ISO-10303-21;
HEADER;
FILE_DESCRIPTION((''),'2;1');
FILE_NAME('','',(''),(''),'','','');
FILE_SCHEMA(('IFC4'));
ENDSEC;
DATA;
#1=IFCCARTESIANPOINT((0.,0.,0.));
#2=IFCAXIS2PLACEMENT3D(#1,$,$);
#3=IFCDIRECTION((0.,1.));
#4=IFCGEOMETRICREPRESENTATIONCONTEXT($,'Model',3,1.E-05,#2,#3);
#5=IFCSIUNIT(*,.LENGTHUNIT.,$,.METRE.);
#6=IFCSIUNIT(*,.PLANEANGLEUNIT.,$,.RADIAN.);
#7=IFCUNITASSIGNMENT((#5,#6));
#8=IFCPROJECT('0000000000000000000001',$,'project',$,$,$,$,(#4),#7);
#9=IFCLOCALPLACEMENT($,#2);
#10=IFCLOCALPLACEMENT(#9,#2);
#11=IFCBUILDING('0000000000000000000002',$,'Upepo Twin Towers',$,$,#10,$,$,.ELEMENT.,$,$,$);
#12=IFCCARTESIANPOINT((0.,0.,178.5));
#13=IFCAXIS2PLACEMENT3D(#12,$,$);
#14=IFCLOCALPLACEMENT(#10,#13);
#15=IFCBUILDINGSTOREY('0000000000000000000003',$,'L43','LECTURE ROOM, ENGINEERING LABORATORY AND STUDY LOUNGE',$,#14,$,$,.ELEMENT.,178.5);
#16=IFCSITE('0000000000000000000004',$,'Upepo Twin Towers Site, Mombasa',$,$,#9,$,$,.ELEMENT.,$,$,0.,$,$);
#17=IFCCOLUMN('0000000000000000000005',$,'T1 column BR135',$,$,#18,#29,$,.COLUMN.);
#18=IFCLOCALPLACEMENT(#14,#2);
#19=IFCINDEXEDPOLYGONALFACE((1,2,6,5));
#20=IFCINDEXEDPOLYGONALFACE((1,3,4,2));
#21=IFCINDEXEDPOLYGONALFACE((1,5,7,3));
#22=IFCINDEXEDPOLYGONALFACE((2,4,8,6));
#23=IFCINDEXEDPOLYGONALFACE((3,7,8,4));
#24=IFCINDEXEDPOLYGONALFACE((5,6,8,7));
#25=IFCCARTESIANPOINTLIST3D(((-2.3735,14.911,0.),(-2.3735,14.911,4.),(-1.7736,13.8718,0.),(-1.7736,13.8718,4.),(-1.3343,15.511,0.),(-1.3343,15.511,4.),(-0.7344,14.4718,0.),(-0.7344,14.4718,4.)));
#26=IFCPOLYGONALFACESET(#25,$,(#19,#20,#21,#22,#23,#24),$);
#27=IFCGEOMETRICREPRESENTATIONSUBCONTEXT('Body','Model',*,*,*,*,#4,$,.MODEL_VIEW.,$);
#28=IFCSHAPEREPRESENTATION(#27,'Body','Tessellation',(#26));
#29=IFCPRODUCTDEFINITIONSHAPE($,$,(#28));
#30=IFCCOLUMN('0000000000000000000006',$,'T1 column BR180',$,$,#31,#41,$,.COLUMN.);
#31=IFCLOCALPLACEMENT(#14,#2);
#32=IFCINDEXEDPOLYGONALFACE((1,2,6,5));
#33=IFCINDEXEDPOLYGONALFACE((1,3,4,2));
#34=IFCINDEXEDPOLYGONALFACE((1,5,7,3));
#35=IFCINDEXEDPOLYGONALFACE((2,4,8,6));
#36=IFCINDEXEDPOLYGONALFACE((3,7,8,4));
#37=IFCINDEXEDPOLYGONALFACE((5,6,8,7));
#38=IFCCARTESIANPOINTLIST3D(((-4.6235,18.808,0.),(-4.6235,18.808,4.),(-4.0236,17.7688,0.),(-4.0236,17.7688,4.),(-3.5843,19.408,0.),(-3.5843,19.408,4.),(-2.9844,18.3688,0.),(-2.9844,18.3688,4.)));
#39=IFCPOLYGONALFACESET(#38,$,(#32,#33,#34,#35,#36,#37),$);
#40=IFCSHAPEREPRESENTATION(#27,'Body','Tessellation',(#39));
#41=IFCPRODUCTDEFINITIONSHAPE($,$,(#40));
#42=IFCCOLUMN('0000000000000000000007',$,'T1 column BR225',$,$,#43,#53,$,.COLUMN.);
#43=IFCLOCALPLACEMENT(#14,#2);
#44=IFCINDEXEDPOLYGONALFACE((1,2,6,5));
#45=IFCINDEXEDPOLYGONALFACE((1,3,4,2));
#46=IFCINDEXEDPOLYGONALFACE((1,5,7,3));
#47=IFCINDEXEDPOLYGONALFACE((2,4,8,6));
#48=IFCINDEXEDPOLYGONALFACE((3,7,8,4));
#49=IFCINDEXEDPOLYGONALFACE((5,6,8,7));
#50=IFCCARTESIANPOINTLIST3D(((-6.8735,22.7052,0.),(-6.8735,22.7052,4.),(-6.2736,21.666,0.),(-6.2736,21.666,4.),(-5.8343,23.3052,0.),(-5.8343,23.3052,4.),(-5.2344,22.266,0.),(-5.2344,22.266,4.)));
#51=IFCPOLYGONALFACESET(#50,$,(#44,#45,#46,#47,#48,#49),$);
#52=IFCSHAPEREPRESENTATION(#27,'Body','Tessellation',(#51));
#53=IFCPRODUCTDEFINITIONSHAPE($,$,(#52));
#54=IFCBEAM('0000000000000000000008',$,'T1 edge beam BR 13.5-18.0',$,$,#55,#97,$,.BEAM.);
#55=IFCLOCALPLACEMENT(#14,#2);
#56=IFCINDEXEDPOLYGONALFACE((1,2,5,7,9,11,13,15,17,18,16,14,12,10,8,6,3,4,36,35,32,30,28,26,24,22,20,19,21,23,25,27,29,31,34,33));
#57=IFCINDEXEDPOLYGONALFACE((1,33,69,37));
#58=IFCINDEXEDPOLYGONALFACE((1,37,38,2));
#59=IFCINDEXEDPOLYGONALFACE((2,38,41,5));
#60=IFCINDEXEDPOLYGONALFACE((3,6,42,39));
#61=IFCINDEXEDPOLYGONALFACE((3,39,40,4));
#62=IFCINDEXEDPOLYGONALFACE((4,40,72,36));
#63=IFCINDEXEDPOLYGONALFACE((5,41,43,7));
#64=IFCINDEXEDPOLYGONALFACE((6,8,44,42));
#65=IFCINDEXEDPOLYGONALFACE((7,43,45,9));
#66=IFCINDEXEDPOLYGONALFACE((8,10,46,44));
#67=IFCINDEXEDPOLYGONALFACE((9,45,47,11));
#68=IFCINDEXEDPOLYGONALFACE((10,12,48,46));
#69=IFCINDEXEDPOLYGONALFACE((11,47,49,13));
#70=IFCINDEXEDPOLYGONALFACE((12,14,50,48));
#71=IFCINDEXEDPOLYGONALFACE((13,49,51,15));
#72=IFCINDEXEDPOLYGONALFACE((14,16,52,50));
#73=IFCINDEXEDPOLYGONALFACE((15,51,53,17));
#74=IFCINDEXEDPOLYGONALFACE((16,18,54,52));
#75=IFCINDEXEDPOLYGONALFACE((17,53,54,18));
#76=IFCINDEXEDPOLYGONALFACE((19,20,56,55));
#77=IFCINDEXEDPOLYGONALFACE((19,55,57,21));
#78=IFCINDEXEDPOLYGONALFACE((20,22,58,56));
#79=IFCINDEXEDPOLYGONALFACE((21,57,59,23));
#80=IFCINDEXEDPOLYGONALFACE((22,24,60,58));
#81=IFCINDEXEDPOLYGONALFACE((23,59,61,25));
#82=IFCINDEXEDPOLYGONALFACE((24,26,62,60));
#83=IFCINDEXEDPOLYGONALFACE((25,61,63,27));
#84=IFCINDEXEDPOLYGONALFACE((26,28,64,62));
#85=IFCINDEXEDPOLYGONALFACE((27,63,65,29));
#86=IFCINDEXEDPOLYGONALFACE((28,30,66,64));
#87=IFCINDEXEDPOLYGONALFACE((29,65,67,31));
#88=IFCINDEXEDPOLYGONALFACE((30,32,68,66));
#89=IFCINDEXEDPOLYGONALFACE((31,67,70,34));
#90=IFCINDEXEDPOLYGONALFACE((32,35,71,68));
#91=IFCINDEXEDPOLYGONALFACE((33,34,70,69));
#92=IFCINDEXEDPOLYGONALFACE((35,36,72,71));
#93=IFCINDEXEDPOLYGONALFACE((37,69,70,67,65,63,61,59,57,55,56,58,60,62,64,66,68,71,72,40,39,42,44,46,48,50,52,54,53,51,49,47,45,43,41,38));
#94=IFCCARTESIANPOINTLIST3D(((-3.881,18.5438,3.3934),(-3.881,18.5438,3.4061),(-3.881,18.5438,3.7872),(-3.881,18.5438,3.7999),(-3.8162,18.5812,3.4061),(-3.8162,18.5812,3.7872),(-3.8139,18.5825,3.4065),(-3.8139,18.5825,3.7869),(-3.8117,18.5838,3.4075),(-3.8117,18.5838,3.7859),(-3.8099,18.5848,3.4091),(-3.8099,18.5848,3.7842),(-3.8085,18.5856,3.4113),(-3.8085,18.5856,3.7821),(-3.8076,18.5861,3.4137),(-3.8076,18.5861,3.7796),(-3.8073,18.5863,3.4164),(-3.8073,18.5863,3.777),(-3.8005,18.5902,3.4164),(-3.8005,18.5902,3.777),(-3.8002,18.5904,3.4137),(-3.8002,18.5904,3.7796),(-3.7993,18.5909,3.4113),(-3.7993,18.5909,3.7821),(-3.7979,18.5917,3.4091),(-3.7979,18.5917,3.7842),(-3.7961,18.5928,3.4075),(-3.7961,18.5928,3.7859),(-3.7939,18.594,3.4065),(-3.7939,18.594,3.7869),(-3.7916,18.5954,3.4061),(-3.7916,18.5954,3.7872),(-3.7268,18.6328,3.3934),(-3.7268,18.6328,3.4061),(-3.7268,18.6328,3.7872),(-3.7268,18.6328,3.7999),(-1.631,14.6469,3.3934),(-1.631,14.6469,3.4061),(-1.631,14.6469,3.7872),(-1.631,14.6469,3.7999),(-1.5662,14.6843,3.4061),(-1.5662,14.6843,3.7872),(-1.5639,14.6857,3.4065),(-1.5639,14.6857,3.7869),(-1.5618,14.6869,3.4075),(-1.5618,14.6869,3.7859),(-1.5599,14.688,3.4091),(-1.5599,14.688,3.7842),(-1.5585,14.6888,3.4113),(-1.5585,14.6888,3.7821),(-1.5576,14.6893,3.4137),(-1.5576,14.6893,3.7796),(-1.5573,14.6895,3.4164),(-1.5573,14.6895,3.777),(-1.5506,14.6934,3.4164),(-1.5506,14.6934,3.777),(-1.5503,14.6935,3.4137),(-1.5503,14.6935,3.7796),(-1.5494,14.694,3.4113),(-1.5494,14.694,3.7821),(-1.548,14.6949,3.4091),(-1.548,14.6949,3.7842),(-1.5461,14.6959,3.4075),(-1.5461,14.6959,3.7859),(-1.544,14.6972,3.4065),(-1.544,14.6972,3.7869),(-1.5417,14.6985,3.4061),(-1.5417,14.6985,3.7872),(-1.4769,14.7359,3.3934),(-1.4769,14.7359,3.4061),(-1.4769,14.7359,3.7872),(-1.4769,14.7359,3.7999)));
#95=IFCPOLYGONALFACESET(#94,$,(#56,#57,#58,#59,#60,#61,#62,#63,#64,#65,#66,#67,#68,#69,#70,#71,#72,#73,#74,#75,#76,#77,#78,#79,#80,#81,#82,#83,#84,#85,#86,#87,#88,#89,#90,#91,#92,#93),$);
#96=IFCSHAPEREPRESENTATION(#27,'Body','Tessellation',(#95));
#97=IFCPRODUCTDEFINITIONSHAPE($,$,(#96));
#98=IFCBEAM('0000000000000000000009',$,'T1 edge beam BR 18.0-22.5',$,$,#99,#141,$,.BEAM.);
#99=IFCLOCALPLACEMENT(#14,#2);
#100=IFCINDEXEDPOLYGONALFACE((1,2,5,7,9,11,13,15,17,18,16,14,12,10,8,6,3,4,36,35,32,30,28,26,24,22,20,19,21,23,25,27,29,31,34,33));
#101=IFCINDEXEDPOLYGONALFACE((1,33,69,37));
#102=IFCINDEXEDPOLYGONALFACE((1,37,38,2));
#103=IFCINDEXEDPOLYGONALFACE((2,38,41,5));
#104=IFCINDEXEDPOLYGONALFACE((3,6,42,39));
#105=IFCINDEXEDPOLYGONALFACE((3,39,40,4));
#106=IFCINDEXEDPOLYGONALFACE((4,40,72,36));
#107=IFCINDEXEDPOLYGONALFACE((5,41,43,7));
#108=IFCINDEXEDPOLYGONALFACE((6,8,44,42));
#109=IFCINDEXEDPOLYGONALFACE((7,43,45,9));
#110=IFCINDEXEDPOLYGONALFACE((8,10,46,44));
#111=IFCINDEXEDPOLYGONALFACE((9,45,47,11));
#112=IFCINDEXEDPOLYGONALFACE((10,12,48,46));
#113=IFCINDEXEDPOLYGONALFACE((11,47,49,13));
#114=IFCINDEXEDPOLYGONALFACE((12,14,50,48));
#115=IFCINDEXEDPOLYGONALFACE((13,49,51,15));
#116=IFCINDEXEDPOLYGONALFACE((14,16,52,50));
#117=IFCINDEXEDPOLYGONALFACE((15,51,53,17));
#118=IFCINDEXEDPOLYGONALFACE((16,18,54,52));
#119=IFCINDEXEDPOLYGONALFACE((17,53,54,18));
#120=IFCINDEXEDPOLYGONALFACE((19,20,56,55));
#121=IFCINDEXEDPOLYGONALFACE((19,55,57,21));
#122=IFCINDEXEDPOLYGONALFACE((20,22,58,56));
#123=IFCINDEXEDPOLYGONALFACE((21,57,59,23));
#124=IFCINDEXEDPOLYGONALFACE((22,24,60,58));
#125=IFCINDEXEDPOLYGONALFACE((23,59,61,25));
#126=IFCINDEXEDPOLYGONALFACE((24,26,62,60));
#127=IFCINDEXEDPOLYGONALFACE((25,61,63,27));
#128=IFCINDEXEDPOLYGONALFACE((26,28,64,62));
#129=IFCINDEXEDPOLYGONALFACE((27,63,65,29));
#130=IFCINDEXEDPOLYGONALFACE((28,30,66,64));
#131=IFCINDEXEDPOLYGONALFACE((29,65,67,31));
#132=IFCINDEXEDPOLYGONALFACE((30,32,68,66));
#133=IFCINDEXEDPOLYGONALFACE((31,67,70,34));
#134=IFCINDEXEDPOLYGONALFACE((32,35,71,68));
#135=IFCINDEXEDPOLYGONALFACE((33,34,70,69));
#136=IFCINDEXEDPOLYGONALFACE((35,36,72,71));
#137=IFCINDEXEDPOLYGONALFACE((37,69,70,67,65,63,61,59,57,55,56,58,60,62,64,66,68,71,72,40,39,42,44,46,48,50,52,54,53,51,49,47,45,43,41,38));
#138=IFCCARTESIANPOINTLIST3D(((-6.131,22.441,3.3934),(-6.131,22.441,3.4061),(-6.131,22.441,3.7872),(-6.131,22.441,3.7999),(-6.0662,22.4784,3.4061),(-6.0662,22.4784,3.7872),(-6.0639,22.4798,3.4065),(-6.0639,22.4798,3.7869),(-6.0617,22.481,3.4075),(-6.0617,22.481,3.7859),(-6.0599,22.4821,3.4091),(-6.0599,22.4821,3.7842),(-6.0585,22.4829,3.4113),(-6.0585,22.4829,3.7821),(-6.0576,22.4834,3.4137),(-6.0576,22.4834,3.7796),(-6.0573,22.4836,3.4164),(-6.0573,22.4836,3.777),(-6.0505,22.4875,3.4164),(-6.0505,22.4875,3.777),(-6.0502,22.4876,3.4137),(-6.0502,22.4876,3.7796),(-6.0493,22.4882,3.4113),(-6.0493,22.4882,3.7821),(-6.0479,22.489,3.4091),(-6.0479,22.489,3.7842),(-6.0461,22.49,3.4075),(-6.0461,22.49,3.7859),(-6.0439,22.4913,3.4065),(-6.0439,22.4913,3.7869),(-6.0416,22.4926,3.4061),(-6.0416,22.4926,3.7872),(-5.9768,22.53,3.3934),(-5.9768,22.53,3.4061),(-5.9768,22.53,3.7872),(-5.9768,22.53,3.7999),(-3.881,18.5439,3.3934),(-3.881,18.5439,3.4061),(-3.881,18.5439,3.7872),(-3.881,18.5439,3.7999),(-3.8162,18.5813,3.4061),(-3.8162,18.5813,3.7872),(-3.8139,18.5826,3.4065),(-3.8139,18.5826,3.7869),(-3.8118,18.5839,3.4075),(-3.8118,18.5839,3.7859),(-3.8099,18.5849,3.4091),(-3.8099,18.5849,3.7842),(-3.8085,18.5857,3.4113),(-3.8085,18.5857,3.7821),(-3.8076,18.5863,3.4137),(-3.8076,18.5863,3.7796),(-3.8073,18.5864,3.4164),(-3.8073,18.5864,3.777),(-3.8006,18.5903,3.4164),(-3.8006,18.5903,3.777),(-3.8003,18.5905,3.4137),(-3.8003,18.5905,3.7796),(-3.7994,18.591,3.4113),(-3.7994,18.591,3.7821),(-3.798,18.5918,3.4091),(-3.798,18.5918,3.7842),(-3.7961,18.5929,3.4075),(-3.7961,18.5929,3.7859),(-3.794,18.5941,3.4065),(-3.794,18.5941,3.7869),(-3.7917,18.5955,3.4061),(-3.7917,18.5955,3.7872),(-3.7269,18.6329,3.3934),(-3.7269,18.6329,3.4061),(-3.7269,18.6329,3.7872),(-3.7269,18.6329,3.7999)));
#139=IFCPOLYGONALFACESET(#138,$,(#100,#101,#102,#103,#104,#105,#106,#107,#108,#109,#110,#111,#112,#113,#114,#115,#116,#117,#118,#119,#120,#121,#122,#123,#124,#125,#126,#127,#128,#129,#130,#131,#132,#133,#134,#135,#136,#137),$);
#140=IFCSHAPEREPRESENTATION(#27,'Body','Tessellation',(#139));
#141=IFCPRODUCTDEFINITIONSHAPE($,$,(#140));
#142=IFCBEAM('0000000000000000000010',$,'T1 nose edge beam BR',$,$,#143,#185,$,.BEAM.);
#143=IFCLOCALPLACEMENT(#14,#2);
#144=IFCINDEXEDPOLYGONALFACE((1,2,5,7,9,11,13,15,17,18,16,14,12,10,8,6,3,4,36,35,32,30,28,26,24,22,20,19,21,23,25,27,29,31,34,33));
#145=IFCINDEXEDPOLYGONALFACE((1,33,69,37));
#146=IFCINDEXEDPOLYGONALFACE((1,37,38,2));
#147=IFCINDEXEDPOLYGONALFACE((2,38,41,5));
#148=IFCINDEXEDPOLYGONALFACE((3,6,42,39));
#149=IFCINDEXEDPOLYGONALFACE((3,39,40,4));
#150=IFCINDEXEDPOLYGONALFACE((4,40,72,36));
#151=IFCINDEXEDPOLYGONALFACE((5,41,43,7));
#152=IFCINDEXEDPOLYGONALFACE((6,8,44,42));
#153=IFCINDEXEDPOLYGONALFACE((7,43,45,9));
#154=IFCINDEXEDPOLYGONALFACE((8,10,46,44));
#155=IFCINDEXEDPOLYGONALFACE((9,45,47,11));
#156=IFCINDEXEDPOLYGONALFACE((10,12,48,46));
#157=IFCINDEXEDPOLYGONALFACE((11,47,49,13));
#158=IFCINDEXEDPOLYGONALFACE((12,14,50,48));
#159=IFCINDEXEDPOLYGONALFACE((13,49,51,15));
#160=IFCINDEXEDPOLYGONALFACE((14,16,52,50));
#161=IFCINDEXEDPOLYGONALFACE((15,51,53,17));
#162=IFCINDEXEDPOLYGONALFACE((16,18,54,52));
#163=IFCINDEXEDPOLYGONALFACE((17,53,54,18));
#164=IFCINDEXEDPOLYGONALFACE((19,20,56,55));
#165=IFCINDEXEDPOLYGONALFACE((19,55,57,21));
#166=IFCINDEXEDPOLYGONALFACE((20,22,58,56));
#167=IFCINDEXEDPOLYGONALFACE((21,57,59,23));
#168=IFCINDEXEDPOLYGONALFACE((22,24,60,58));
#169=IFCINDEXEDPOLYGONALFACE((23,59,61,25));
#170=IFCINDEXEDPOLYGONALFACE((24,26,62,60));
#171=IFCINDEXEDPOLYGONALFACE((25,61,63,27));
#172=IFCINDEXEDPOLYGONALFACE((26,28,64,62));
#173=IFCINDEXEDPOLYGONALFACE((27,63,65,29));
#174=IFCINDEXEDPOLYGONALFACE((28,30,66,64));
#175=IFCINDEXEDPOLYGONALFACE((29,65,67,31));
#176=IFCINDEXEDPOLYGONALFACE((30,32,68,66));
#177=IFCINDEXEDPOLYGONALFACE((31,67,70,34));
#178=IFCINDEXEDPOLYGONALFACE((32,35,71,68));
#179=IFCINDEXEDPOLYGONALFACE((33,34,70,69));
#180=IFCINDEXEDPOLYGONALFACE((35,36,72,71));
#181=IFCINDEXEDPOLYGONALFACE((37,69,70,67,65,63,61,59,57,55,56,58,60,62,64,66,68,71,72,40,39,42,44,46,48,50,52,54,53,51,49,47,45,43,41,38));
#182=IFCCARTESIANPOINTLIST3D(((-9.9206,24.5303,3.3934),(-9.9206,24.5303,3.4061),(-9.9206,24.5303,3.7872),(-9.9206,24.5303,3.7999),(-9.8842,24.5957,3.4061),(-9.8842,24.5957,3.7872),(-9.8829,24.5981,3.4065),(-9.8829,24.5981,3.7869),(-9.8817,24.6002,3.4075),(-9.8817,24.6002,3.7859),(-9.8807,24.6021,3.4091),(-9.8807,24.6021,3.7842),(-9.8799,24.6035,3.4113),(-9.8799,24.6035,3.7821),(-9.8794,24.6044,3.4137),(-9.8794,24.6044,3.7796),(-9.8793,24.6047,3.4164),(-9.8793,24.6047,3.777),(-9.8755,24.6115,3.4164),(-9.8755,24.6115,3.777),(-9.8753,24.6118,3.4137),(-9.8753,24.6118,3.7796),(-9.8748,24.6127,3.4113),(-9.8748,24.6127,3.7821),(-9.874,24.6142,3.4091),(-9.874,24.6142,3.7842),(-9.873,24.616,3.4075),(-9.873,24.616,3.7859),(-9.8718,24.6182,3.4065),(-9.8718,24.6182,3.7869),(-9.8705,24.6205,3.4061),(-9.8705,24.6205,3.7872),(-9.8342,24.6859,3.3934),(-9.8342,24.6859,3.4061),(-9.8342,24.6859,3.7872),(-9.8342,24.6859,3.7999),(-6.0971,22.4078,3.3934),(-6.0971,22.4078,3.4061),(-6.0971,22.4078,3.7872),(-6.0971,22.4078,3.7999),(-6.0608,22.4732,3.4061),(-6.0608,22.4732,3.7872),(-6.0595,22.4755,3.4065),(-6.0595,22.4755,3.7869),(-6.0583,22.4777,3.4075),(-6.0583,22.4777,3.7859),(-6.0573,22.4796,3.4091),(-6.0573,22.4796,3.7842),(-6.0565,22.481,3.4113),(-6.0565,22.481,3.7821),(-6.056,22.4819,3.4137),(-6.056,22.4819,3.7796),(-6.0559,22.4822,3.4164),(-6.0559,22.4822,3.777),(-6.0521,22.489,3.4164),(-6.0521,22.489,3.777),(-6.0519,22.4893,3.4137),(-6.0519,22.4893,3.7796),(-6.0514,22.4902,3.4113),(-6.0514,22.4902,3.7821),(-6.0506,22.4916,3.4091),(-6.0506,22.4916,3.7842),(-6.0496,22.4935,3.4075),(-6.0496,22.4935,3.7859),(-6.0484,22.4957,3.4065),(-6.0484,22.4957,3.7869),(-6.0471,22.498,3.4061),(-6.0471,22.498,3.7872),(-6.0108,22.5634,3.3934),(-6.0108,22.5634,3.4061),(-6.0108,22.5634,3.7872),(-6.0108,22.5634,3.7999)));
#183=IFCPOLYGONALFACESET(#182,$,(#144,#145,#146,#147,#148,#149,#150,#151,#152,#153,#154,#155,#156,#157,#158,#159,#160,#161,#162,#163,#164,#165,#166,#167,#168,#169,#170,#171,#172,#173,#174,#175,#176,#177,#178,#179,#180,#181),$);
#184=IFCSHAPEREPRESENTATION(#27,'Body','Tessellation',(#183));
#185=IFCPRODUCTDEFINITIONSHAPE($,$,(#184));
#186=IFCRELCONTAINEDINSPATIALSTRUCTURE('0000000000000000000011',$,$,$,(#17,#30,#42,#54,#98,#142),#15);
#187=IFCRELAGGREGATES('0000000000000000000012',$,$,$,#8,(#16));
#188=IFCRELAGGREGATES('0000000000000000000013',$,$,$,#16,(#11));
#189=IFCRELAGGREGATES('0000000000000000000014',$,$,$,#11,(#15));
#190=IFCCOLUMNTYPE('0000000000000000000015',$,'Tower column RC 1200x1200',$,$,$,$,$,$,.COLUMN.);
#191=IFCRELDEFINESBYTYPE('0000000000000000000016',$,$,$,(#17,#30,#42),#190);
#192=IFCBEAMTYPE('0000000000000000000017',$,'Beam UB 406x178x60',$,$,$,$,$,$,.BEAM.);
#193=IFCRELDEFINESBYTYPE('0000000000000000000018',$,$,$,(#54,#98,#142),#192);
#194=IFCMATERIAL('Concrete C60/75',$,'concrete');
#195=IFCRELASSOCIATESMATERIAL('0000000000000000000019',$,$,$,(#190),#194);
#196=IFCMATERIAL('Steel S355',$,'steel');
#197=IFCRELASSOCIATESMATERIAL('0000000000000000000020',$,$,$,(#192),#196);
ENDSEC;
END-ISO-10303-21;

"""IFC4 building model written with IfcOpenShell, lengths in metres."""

from ifc_helpers import new_model, si_unit, direction, frame, origin, origin_2d, place, context, subcontext, project, spatial, rectangle, i_section, extrude, material, material_profile, profile_set, type_object, element, save


model = new_model("IFC4")

# Units and contexts
model_context = context("Model", 3, precision=1e-05, world=origin(), true_north=direction((0.0, 1.0)))
body_context = subcontext(model_context, "Body", "Model", "MODEL_VIEW")
ifc_project = project(units=[si_unit("LENGTHUNIT", "METRE"), si_unit("PLANEANGLEUNIT", "RADIAN")], contexts=[model_context])

# Site, building, storey
site_placement = place(None, origin())
site = spatial("IfcSite", under=ifc_project, at=site_placement, Name="Upepo Twin Towers Site, Mombasa", CompositionType="ELEMENT", RefElevation=0.0)
building_placement = place(site_placement, origin())
building = spatial("IfcBuilding", under=site, at=building_placement, Name="Upepo Twin Towers", CompositionType="ELEMENT")
storey_placement = place(building_placement, frame((0.0, 0.0, 178.5)))
storey = spatial("IfcBuildingStorey", under=building, at=storey_placement, Name="L43", Description="LECTURE ROOM, ENGINEERING LABORATORY AND STUDY LOUNGE", CompositionType="ELEMENT", Elevation=178.5)

# Columns
ifc_material_1 = material(Name="Concrete C60/75", Category="concrete")
ifc_material_profile_1 = material_profile(ifc_material_1, rectangle(XDim=1.2, YDim=1.2, at=origin_2d()), Name="RC 1200x1200")
ifc_profile_set_1 = profile_set([ifc_material_profile_1], Name="Concrete C60/75")
column_type = type_object("IfcColumnType", Name="Tower column RC 1200x1200", PredefinedType="COLUMN", material=ifc_profile_set_1)
for number, where, z_axis, x_axis, name in (
    (1, (-1.554, 14.6914, 0.0), (0.0, 0.0, 1.0), (0.866025, 0.5, 0.0), "T1 column BR135"),
    (2, (-3.804, 18.5884, 0.0), (0.0, 0.0, 1.0), (0.866025, 0.5, 0.0), "T1 column BR180"),
    (3, (-6.054, 22.4856, 0.0), (0.0, 0.0, 1.0), (0.866025, 0.5, 0.0), "T1 column BR225"),
):
    element("IfcColumn", number, at=place(storey_placement, frame(where, z_axis=z_axis, x_axis=x_axis)), inside=storey, type_object=column_type, Name=name, PredefinedType="COLUMN", context=body_context, shape_type="SweptSolid", body=[
        extrude(rectangle(XDim=1.2, YDim=1.2, at=origin_2d()), origin(), (0.0, 0.0, 1.0), 4.0),
    ])

# Beams
ifc_material_2 = material(Name="Steel S355", Category="steel")
ifc_material_profile_2 = material_profile(ifc_material_2, i_section(OverallWidth=0.178, OverallDepth=0.4065, WebThickness=0.0078, FlangeThickness=0.0127, FilletRadius=0.0103, at=origin_2d()), Name="UB 406x178x60")
ifc_profile_set_2 = profile_set([ifc_material_profile_2], Name="Steel S355")
beam_type_1 = type_object("IfcBeamType", Name="Beam UB 406x178x60", PredefinedType="BEAM", material=ifc_profile_set_2)
beam_1_placement = place(storey_placement, frame((-1.554, 14.6914, 3.5967), z_axis=(-0.500014, 0.866018, 0.0), x_axis=(-0.866018, -0.500014, 0.0)))
element("IfcBeam", 4, at=beam_1_placement, inside=storey, type_object=beam_type_1, Name="T1 edge beam BR 13.5-18.0", PredefinedType="BEAM", context=body_context, shape_type="SweptSolid", body=[
    extrude(i_section(OverallWidth=0.178, OverallDepth=0.4065, WebThickness=0.0078, FlangeThickness=0.0127, FilletRadius=0.0103, at=origin_2d()), origin(), (0.0, 0.0, 1.0), 4.4998),
])
beam_2_placement = place(storey_placement, frame((-3.804, 18.5884, 3.5967), z_axis=(-0.49999, 0.866031, 0.0), x_axis=(-0.866031, -0.49999, 0.0)))
element("IfcBeam", 5, at=beam_2_placement, inside=storey, type_object=beam_type_1, Name="T1 edge beam BR 18.0-22.5", PredefinedType="BEAM", context=body_context, shape_type="SweptSolid", body=[
    extrude(i_section(OverallWidth=0.178, OverallDepth=0.4065, WebThickness=0.0078, FlangeThickness=0.0127, FilletRadius=0.0103, at=origin_2d()), origin(), (0.0, 0.0, 1.0), 4.5),
])
beam_3_placement = place(storey_placement, frame((-6.054, 22.4856, 3.5967), z_axis=(-0.874313, 0.485363, 0.0), x_axis=(-0.485363, -0.874313, 0.0)))
element("IfcBeam", 6, at=beam_3_placement, inside=storey, type_object=beam_type_1, Name="T1 nose edge beam BR", PredefinedType="BEAM", context=body_context, shape_type="SweptSolid", body=[
    extrude(i_section(OverallWidth=0.178, OverallDepth=0.4065, WebThickness=0.0078, FlangeThickness=0.0127, FilletRadius=0.0103, at=origin_2d()), origin(), (0.0, 0.0, 1.0), 4.373),
])

save(model, "model.ifc")
